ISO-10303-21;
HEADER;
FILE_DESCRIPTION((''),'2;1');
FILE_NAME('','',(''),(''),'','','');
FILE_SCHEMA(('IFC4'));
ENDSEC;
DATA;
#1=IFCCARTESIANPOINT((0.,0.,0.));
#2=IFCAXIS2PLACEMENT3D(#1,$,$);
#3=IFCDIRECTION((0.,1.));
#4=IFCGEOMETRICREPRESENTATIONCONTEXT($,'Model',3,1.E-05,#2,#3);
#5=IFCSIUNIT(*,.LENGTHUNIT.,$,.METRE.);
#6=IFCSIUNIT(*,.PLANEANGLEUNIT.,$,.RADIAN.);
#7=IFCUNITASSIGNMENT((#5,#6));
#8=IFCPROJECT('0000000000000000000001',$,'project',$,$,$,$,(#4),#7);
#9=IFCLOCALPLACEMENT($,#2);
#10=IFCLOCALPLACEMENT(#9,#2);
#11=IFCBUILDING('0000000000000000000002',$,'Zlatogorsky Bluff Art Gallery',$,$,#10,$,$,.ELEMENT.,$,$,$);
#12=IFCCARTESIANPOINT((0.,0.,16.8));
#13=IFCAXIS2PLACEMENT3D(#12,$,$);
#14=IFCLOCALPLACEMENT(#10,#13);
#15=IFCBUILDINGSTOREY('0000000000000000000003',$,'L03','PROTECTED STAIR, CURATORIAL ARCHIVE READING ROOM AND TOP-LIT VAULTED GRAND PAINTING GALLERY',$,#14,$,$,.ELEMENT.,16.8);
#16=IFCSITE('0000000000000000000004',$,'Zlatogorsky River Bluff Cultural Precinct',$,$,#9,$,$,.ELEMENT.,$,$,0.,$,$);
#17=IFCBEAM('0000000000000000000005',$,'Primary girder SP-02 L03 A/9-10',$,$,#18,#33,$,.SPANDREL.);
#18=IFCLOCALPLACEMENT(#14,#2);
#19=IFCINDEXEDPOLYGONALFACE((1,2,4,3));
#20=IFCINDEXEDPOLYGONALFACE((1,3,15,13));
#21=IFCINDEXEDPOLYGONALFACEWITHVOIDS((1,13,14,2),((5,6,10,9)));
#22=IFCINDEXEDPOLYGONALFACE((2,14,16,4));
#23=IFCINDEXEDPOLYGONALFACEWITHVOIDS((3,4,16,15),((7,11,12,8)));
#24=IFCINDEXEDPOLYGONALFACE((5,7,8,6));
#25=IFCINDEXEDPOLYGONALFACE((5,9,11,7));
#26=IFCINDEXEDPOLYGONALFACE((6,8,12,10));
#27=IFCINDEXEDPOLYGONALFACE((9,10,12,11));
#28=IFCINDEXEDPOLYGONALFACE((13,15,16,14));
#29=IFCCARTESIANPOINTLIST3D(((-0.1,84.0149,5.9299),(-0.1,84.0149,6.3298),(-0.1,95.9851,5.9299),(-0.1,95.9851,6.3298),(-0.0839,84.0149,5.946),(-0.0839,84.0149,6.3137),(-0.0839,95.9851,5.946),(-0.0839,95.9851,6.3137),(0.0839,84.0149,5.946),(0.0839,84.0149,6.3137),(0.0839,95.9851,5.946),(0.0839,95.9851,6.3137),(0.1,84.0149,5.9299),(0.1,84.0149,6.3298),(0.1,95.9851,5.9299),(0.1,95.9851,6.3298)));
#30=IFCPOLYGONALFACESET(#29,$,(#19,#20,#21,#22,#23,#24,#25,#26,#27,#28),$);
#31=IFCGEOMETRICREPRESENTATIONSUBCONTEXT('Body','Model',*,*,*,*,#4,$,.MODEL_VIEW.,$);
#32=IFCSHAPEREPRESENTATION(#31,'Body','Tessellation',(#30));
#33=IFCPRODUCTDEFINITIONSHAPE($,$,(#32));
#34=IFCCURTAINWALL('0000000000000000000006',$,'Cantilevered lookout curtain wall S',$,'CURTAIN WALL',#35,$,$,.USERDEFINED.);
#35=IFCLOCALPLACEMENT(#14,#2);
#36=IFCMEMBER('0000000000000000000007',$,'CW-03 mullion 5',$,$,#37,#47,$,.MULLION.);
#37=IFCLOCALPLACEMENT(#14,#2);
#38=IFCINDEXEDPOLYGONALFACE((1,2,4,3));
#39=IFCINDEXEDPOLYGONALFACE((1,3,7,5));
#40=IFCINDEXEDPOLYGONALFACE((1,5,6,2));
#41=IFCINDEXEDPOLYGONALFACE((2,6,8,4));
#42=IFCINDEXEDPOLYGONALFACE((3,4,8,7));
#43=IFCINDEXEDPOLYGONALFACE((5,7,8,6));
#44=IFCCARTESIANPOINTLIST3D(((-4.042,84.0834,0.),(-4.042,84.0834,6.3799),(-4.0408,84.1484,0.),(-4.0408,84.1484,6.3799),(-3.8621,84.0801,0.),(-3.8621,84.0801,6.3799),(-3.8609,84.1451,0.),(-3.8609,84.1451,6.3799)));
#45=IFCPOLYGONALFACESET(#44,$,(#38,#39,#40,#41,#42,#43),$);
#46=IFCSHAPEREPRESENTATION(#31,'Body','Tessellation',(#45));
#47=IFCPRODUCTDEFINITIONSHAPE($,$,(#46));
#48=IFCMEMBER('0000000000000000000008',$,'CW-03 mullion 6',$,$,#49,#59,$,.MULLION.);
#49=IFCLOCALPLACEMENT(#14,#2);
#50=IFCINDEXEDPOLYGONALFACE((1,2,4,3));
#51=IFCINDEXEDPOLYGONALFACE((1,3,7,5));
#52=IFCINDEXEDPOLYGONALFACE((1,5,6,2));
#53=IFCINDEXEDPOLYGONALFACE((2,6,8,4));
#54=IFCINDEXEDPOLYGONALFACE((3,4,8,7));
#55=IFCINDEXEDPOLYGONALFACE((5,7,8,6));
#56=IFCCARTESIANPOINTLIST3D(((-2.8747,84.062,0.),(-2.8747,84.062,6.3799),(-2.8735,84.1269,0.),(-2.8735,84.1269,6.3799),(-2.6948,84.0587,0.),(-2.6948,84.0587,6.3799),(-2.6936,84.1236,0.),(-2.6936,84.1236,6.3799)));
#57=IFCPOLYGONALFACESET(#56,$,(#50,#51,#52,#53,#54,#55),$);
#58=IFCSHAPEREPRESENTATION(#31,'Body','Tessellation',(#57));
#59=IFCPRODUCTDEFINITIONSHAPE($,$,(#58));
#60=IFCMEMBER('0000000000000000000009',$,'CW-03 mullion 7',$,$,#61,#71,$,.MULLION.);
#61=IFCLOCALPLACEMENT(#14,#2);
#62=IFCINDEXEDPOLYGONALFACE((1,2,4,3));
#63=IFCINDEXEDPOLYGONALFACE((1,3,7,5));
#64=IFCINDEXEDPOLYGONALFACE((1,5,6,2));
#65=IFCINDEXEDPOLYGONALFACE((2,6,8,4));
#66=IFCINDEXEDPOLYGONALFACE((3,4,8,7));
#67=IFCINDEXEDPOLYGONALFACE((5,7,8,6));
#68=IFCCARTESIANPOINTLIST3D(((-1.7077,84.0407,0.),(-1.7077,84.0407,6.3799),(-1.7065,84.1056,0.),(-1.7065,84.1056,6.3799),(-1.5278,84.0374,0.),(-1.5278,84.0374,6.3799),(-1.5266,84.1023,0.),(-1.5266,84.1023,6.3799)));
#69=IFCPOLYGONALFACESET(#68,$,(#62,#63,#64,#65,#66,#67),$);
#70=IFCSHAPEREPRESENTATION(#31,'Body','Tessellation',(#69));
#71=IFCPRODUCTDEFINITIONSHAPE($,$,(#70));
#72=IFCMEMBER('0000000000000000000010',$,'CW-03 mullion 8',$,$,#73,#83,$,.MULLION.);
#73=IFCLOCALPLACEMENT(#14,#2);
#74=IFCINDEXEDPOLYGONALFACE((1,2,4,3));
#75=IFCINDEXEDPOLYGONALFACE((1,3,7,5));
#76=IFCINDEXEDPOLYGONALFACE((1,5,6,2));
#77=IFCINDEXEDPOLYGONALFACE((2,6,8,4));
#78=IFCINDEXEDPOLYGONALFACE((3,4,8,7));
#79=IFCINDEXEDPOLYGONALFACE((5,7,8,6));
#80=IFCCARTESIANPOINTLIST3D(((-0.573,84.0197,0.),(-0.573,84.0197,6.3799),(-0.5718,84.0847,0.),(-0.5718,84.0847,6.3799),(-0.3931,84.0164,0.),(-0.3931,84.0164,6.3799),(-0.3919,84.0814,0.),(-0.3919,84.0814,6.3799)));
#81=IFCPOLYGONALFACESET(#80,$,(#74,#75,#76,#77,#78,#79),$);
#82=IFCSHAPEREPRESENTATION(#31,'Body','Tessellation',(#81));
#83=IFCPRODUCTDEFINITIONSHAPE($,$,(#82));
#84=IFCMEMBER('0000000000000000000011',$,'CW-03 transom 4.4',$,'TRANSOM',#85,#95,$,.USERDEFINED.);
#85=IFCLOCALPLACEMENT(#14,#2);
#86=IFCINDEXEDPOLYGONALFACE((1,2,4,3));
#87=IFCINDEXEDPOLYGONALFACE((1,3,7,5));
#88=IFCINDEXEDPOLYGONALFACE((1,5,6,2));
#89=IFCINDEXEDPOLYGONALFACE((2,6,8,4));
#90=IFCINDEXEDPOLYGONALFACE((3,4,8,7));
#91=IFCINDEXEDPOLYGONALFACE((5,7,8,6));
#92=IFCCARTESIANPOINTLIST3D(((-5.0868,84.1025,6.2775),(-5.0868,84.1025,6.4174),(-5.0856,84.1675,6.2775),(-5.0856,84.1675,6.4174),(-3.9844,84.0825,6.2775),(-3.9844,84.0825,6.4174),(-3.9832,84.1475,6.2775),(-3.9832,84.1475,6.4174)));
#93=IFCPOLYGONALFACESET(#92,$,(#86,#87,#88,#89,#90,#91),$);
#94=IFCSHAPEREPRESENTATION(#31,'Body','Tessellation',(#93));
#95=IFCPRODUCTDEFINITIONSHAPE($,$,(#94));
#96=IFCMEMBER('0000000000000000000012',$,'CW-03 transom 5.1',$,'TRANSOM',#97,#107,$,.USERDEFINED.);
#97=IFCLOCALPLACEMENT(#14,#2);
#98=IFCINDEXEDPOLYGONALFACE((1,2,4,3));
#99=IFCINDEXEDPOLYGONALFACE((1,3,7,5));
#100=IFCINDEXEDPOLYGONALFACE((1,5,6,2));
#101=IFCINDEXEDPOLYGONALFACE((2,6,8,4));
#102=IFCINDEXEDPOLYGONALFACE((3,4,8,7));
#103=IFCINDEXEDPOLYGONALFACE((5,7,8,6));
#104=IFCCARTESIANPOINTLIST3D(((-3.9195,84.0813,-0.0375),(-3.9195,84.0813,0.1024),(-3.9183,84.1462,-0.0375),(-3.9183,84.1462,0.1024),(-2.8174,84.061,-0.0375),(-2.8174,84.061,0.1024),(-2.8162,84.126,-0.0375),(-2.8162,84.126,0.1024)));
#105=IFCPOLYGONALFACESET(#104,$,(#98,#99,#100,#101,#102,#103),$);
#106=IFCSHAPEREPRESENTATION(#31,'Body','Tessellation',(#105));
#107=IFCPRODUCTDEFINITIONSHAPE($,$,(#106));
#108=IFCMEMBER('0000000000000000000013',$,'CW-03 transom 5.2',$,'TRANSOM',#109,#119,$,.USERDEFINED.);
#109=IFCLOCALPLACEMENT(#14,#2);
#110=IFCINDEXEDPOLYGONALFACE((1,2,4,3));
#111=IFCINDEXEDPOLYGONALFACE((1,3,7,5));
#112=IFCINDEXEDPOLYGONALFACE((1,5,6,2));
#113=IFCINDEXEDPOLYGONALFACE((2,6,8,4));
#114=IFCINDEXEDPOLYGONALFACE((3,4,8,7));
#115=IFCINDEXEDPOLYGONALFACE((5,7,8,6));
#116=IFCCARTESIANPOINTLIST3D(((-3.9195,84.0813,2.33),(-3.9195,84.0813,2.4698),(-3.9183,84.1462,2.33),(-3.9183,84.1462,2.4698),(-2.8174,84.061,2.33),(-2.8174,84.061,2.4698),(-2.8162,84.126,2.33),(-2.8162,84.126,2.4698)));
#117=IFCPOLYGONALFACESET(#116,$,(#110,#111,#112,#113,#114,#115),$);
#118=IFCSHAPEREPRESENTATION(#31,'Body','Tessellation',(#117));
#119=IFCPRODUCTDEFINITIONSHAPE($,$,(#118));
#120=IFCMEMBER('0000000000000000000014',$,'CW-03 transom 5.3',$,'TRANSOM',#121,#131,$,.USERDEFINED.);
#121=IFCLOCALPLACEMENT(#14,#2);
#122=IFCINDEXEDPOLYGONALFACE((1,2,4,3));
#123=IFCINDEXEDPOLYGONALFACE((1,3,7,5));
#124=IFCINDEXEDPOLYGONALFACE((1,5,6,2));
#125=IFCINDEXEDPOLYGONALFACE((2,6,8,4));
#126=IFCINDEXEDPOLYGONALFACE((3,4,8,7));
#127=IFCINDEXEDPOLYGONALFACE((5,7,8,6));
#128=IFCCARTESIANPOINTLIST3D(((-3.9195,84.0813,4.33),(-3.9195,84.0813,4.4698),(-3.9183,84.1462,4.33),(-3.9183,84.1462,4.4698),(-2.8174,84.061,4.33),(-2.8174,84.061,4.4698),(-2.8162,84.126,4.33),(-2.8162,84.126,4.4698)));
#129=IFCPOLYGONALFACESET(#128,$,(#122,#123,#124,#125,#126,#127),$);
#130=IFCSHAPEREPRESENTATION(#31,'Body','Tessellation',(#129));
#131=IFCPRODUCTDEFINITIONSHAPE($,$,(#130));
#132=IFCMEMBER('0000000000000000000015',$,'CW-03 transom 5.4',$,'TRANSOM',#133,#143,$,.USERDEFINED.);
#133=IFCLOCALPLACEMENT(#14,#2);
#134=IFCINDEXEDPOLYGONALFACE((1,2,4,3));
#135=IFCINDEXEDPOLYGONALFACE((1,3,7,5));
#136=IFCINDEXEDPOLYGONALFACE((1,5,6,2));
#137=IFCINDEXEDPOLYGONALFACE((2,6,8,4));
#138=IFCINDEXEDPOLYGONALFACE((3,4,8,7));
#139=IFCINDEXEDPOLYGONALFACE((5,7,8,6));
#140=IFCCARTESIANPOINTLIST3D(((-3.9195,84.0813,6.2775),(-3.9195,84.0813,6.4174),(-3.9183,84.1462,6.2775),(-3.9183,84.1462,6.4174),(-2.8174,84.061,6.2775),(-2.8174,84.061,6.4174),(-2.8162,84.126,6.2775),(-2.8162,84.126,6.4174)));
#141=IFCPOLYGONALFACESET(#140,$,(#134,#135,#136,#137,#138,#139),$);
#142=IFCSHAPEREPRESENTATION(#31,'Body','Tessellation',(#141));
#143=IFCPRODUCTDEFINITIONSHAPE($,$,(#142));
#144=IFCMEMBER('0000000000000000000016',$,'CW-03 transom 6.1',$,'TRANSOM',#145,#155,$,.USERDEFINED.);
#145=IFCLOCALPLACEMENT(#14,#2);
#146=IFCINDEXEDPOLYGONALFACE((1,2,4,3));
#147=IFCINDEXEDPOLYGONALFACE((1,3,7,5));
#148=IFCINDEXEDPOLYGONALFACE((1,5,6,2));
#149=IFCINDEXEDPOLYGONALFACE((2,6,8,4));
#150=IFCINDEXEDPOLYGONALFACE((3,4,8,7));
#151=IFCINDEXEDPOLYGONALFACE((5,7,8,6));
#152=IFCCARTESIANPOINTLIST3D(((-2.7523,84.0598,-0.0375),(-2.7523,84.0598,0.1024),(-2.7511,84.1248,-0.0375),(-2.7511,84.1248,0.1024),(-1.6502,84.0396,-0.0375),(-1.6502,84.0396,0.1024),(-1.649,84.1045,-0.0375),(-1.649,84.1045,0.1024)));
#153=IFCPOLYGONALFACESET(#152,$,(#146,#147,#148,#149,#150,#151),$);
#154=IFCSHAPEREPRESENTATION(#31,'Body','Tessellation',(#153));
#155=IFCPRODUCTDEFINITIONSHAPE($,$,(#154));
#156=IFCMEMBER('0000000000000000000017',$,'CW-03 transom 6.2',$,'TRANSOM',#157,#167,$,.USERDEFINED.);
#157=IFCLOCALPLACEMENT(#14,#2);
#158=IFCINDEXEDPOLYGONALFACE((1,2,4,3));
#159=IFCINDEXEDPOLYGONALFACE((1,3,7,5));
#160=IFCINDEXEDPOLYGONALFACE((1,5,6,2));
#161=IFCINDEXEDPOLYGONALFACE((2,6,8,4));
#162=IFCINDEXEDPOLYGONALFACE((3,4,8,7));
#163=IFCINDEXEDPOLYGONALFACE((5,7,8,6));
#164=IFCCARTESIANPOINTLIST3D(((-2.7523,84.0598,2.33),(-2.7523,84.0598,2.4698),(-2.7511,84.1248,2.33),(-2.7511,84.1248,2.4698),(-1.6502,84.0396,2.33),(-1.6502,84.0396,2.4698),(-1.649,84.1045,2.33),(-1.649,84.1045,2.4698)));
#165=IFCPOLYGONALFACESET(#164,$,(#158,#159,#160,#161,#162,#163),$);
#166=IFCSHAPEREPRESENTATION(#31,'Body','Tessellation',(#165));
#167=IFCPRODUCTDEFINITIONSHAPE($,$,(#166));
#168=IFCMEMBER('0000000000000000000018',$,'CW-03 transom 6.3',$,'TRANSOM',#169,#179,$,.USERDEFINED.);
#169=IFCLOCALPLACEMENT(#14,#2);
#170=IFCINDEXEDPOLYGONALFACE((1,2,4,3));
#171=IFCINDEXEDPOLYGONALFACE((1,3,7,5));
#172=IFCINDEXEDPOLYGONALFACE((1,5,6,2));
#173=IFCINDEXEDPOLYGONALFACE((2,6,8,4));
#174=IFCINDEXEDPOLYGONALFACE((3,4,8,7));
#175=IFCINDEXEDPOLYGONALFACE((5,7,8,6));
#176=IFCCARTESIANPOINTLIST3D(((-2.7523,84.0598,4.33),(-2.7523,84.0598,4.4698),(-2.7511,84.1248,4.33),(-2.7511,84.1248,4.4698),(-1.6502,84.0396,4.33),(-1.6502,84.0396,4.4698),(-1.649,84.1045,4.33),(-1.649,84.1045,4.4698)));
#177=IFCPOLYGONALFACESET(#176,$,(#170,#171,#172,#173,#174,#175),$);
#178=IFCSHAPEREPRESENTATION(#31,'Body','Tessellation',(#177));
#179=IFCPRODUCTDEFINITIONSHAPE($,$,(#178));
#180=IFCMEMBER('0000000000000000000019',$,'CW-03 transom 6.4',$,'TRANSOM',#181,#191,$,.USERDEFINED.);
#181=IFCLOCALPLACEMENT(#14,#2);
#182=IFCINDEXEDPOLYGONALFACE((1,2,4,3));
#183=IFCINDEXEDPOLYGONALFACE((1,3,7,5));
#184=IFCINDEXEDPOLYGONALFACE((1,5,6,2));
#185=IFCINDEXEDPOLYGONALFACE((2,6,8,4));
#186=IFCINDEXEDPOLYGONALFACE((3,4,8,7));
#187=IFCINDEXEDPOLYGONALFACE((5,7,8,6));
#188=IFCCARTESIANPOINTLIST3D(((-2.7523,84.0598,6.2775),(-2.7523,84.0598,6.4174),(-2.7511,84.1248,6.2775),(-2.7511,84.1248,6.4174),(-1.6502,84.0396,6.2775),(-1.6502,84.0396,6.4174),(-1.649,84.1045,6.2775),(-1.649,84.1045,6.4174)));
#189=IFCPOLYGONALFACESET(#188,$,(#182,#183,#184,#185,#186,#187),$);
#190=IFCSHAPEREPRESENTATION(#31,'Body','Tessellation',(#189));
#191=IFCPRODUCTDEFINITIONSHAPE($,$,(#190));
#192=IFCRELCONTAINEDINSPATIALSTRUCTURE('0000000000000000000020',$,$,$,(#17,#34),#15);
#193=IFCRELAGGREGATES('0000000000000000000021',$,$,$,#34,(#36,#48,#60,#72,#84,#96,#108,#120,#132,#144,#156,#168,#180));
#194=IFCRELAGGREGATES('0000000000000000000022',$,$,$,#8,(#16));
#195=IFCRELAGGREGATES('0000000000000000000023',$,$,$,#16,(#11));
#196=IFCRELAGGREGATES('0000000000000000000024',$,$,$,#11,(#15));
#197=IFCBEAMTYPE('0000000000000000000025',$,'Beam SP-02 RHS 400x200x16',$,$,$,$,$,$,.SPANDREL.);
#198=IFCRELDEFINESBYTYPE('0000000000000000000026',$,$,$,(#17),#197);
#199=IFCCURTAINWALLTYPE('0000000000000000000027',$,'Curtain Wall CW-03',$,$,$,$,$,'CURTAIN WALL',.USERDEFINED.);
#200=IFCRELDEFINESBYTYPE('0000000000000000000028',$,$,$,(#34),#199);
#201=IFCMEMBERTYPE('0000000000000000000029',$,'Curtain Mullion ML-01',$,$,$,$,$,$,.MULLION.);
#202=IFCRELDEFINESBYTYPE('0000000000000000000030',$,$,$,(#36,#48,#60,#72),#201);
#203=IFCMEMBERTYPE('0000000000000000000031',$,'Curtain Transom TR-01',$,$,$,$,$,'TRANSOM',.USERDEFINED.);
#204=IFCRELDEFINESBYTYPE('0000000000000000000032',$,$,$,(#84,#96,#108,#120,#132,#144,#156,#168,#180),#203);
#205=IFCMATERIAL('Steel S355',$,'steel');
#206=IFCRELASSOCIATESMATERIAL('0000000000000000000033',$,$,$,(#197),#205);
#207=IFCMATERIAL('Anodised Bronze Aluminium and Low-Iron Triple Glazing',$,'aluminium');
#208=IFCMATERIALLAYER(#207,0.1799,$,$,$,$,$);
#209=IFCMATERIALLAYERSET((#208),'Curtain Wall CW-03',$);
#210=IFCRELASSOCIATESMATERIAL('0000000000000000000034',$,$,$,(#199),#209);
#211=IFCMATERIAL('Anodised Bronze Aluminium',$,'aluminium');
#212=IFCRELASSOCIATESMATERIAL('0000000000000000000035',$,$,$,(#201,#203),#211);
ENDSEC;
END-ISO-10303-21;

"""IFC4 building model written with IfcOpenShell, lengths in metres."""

from ifc_helpers import new_model, si_unit, direction, frame, origin, origin_2d, place, context, subcontext, project, spatial, rectangle, hollow_rectangle, extrude, material, layer, layer_set, material_profile, profile_set, type_object, element, aggregate, save


model = new_model("IFC4")

# Units and contexts
model_context = context("Model", 3, precision=1e-05, world=origin(), true_north=direction((0.0, 1.0)))
body_context = subcontext(model_context, "Body", "Model", "MODEL_VIEW")
ifc_project = project(units=[si_unit("LENGTHUNIT", "METRE"), si_unit("PLANEANGLEUNIT", "RADIAN")], contexts=[model_context])

# Site, building, storey
site_placement = place(None, origin())
site = spatial("IfcSite", under=ifc_project, at=site_placement, Name="Zlatogorsky River Bluff Cultural Precinct", CompositionType="ELEMENT", RefElevation=0.0)
building_placement = place(site_placement, origin())
building = spatial("IfcBuilding", under=site, at=building_placement, Name="Zlatogorsky Bluff Art Gallery", CompositionType="ELEMENT")
storey_placement = place(building_placement, frame((0.0, 0.0, 16.8)))
storey = spatial("IfcBuildingStorey", under=building, at=storey_placement, Name="L03", Description="PROTECTED STAIR, CURATORIAL ARCHIVE READING ROOM AND TOP-LIT VAULTED GRAND PAINTING GALLERY", CompositionType="ELEMENT", Elevation=16.8)

# Beam
ifc_material_1 = material(Name="Steel S355", Category="steel")
ifc_material_profile_1 = material_profile(ifc_material_1, hollow_rectangle(XDim=0.2, YDim=0.3999, WallThickness=0.0161, at=origin_2d()), Name="RHS 400x200x16")
ifc_profile_set_1 = profile_set([ifc_material_profile_1], Name="Steel S355")
beam_type = type_object("IfcBeamType", Name="Beam SP-02 RHS 400x200x16", PredefinedType="SPANDREL", material=ifc_profile_set_1)
beam_placement = place(storey_placement, frame((0.0, 84.0149, 6.1299), z_axis=(0.0, 1.0, 0.0), x_axis=(-1.0, 0.0, 0.0)))
element("IfcBeam", 1, at=beam_placement, inside=storey, type_object=beam_type, Name="Primary girder SP-02 L03 A/9-10", PredefinedType="SPANDREL", context=body_context, shape_type="SweptSolid", body=[
    extrude(hollow_rectangle(XDim=0.2, YDim=0.3999, WallThickness=0.0161, at=origin_2d()), origin(), (0.0, 0.0, 1.0), 11.9702),
])

# Curtain wall, members
ifc_material_2 = material(Name="Anodised Bronze Aluminium and Low-Iron Triple Glazing", Category="aluminium")
ifc_layer_1 = layer(ifc_material_2, 0.1799)
ifc_layer_set_1 = layer_set([ifc_layer_1], Name="Curtain Wall CW-03")
curtain_wall_type = type_object("IfcCurtainWallType", Name="Curtain Wall CW-03", ElementType="CURTAIN WALL", PredefinedType="USERDEFINED", material=ifc_layer_set_1)
curtain_wall_placement = place(storey_placement, origin())
curtain_wall = element("IfcCurtainWall", 2, at=curtain_wall_placement, inside=storey, type_object=curtain_wall_type, Name="Cantilevered lookout curtain wall S", ObjectType="CURTAIN WALL", PredefinedType="USERDEFINED")
ifc_material_3 = material(Name="Anodised Bronze Aluminium", Category="aluminium")
ifc_material_profile_2 = material_profile(ifc_material_3, rectangle(XDim=0.0649, YDim=0.1799, at=origin_2d()), Name="ALU MULLION 65x180")
ifc_profile_set_2 = profile_set([ifc_material_profile_2], Name="Anodised Bronze Aluminium")
member_type_1 = type_object("IfcMemberType", Name="Curtain Mullion ML-01", PredefinedType="MULLION", material=ifc_profile_set_2)
member_1_placement = place(storey_placement, frame((-3.9514, 84.1143, 0.0), z_axis=(0.0, 0.0, 1.0), x_axis=(0.018357, 0.999832, 0.0)))
member_1 = element("IfcMember", 3, at=member_1_placement, type_object=member_type_1, Name="CW-03 mullion 5", PredefinedType="MULLION", context=body_context, shape_type="SweptSolid", body=[
    extrude(rectangle(XDim=0.0649, YDim=0.1799, at=origin_2d()), origin(), (0.0, 0.0, 1.0), 6.3799),
])
member_2_placement = place(storey_placement, frame((-2.7842, 84.0928, 0.0), z_axis=(0.0, 0.0, 1.0), x_axis=(0.018357, 0.999832, 0.0)))
member_2 = element("IfcMember", 4, at=member_2_placement, type_object=member_type_1, Name="CW-03 mullion 6", PredefinedType="MULLION", context=body_context, shape_type="SweptSolid", body=[
    extrude(rectangle(XDim=0.0649, YDim=0.1799, at=origin_2d()), origin(), (0.0, 0.0, 1.0), 6.3799),
])
member_3_placement = place(storey_placement, frame((-1.6172, 84.0715, 0.0), z_axis=(0.0, 0.0, 1.0), x_axis=(0.018357, 0.999832, 0.0)))
member_3 = element("IfcMember", 5, at=member_3_placement, type_object=member_type_1, Name="CW-03 mullion 7", PredefinedType="MULLION", context=body_context, shape_type="SweptSolid", body=[
    extrude(rectangle(XDim=0.0649, YDim=0.1799, at=origin_2d()), origin(), (0.0, 0.0, 1.0), 6.3799),
])
member_4_placement = place(storey_placement, frame((-0.4824, 84.0505, 0.0), z_axis=(0.0, 0.0, 1.0), x_axis=(0.018357, 0.999832, 0.0)))
member_4 = element("IfcMember", 6, at=member_4_placement, type_object=member_type_1, Name="CW-03 mullion 8", PredefinedType="MULLION", context=body_context, shape_type="SweptSolid", body=[
    extrude(rectangle(XDim=0.0649, YDim=0.1799, at=origin_2d()), origin(), (0.0, 0.0, 1.0), 6.3799),
])
ifc_material_profile_3 = material_profile(ifc_material_3, rectangle(XDim=0.0649, YDim=0.1399, at=origin_2d()), Name="ALU TRANSOM 65x140")
ifc_profile_set_3 = profile_set([ifc_material_profile_3], Name="Anodised Bronze Aluminium")
member_type_2 = type_object("IfcMemberType", Name="Curtain Transom TR-01", ElementType="TRANSOM", PredefinedType="USERDEFINED", material=ifc_profile_set_3)
member_5_placement = place(storey_placement, frame((-5.0862, 84.135, 6.3474), z_axis=(0.999835, -0.018159, 0.0), x_axis=(0.018159, 0.999835, 0.0)))
member_5 = element("IfcMember", 7, at=member_5_placement, type_object=member_type_2, Name="CW-03 transom 4.4", ObjectType="TRANSOM", PredefinedType="USERDEFINED", context=body_context, shape_type="SweptSolid", body=[
    extrude(rectangle(XDim=0.0649, YDim=0.1399, at=origin_2d()), origin(), (0.0, 0.0, 1.0), 1.1025),
])
member_6_placement = place(storey_placement, frame((-3.9189, 84.1138, 0.0325), z_axis=(0.999831, -0.018384, 0.0), x_axis=(0.018384, 0.999831, 0.0)))
member_6 = element("IfcMember", 8, at=member_6_placement, type_object=member_type_2, Name="CW-03 transom 5.1", ObjectType="TRANSOM", PredefinedType="USERDEFINED", context=body_context, shape_type="SweptSolid", body=[
    extrude(rectangle(XDim=0.0649, YDim=0.1399, at=origin_2d()), origin(), (0.0, 0.0, 1.0), 1.1023),
])
member_7_placement = place(storey_placement, frame((-3.9189, 84.1138, 2.3999), z_axis=(0.999831, -0.018384, 0.0), x_axis=(0.018384, 0.999831, 0.0)))
member_7 = element("IfcMember", 9, at=member_7_placement, type_object=member_type_2, Name="CW-03 transom 5.2", ObjectType="TRANSOM", PredefinedType="USERDEFINED", context=body_context, shape_type="SweptSolid", body=[
    extrude(rectangle(XDim=0.0649, YDim=0.1399, at=origin_2d()), origin(), (0.0, 0.0, 1.0), 1.1023),
])
member_8_placement = place(storey_placement, frame((-3.9189, 84.1138, 4.3999), z_axis=(0.999831, -0.018384, 0.0), x_axis=(0.018384, 0.999831, 0.0)))
member_8 = element("IfcMember", 10, at=member_8_placement, type_object=member_type_2, Name="CW-03 transom 5.3", ObjectType="TRANSOM", PredefinedType="USERDEFINED", context=body_context, shape_type="SweptSolid", body=[
    extrude(rectangle(XDim=0.0649, YDim=0.1399, at=origin_2d()), origin(), (0.0, 0.0, 1.0), 1.1023),
])
member_9_placement = place(storey_placement, frame((-3.9189, 84.1138, 6.3474), z_axis=(0.999831, -0.018384, 0.0), x_axis=(0.018384, 0.999831, 0.0)))
member_9 = element("IfcMember", 11, at=member_9_placement, type_object=member_type_2, Name="CW-03 transom 5.4", ObjectType="TRANSOM", PredefinedType="USERDEFINED", context=body_context, shape_type="SweptSolid", body=[
    extrude(rectangle(XDim=0.0649, YDim=0.1399, at=origin_2d()), origin(), (0.0, 0.0, 1.0), 1.1023),
])
member_10_placement = place(storey_placement, frame((-2.7517, 84.0923, 0.0325), z_axis=(0.999831, -0.018384, 0.0), x_axis=(0.018384, 0.999831, 0.0)))
member_10 = element("IfcMember", 12, at=member_10_placement, type_object=member_type_2, Name="CW-03 transom 6.1", ObjectType="TRANSOM", PredefinedType="USERDEFINED", context=body_context, shape_type="SweptSolid", body=[
    extrude(rectangle(XDim=0.0649, YDim=0.1399, at=origin_2d()), origin(), (0.0, 0.0, 1.0), 1.1023),
])
member_11_placement = place(storey_placement, frame((-2.7517, 84.0923, 2.3999), z_axis=(0.999831, -0.018384, 0.0), x_axis=(0.018384, 0.999831, 0.0)))
member_11 = element("IfcMember", 13, at=member_11_placement, type_object=member_type_2, Name="CW-03 transom 6.2", ObjectType="TRANSOM", PredefinedType="USERDEFINED", context=body_context, shape_type="SweptSolid", body=[
    extrude(rectangle(XDim=0.0649, YDim=0.1399, at=origin_2d()), origin(), (0.0, 0.0, 1.0), 1.1023),
])
member_12_placement = place(storey_placement, frame((-2.7517, 84.0923, 4.3999), z_axis=(0.999831, -0.018384, 0.0), x_axis=(0.018384, 0.999831, 0.0)))
member_12 = element("IfcMember", 14, at=member_12_placement, type_object=member_type_2, Name="CW-03 transom 6.3", ObjectType="TRANSOM", PredefinedType="USERDEFINED", context=body_context, shape_type="SweptSolid", body=[
    extrude(rectangle(XDim=0.0649, YDim=0.1399, at=origin_2d()), origin(), (0.0, 0.0, 1.0), 1.1023),
])
member_13_placement = place(storey_placement, frame((-2.7517, 84.0923, 6.3474), z_axis=(0.999831, -0.018384, 0.0), x_axis=(0.018384, 0.999831, 0.0)))
member_13 = element("IfcMember", 15, at=member_13_placement, type_object=member_type_2, Name="CW-03 transom 6.4", ObjectType="TRANSOM", PredefinedType="USERDEFINED", context=body_context, shape_type="SweptSolid", body=[
    extrude(rectangle(XDim=0.0649, YDim=0.1399, at=origin_2d()), origin(), (0.0, 0.0, 1.0), 1.1023),
])
aggregate(curtain_wall, [member_1, member_2, member_3, member_4, member_5, member_6, member_7, member_8, member_9, member_10, member_11, member_12, member_13])

save(model, "model.ifc")
